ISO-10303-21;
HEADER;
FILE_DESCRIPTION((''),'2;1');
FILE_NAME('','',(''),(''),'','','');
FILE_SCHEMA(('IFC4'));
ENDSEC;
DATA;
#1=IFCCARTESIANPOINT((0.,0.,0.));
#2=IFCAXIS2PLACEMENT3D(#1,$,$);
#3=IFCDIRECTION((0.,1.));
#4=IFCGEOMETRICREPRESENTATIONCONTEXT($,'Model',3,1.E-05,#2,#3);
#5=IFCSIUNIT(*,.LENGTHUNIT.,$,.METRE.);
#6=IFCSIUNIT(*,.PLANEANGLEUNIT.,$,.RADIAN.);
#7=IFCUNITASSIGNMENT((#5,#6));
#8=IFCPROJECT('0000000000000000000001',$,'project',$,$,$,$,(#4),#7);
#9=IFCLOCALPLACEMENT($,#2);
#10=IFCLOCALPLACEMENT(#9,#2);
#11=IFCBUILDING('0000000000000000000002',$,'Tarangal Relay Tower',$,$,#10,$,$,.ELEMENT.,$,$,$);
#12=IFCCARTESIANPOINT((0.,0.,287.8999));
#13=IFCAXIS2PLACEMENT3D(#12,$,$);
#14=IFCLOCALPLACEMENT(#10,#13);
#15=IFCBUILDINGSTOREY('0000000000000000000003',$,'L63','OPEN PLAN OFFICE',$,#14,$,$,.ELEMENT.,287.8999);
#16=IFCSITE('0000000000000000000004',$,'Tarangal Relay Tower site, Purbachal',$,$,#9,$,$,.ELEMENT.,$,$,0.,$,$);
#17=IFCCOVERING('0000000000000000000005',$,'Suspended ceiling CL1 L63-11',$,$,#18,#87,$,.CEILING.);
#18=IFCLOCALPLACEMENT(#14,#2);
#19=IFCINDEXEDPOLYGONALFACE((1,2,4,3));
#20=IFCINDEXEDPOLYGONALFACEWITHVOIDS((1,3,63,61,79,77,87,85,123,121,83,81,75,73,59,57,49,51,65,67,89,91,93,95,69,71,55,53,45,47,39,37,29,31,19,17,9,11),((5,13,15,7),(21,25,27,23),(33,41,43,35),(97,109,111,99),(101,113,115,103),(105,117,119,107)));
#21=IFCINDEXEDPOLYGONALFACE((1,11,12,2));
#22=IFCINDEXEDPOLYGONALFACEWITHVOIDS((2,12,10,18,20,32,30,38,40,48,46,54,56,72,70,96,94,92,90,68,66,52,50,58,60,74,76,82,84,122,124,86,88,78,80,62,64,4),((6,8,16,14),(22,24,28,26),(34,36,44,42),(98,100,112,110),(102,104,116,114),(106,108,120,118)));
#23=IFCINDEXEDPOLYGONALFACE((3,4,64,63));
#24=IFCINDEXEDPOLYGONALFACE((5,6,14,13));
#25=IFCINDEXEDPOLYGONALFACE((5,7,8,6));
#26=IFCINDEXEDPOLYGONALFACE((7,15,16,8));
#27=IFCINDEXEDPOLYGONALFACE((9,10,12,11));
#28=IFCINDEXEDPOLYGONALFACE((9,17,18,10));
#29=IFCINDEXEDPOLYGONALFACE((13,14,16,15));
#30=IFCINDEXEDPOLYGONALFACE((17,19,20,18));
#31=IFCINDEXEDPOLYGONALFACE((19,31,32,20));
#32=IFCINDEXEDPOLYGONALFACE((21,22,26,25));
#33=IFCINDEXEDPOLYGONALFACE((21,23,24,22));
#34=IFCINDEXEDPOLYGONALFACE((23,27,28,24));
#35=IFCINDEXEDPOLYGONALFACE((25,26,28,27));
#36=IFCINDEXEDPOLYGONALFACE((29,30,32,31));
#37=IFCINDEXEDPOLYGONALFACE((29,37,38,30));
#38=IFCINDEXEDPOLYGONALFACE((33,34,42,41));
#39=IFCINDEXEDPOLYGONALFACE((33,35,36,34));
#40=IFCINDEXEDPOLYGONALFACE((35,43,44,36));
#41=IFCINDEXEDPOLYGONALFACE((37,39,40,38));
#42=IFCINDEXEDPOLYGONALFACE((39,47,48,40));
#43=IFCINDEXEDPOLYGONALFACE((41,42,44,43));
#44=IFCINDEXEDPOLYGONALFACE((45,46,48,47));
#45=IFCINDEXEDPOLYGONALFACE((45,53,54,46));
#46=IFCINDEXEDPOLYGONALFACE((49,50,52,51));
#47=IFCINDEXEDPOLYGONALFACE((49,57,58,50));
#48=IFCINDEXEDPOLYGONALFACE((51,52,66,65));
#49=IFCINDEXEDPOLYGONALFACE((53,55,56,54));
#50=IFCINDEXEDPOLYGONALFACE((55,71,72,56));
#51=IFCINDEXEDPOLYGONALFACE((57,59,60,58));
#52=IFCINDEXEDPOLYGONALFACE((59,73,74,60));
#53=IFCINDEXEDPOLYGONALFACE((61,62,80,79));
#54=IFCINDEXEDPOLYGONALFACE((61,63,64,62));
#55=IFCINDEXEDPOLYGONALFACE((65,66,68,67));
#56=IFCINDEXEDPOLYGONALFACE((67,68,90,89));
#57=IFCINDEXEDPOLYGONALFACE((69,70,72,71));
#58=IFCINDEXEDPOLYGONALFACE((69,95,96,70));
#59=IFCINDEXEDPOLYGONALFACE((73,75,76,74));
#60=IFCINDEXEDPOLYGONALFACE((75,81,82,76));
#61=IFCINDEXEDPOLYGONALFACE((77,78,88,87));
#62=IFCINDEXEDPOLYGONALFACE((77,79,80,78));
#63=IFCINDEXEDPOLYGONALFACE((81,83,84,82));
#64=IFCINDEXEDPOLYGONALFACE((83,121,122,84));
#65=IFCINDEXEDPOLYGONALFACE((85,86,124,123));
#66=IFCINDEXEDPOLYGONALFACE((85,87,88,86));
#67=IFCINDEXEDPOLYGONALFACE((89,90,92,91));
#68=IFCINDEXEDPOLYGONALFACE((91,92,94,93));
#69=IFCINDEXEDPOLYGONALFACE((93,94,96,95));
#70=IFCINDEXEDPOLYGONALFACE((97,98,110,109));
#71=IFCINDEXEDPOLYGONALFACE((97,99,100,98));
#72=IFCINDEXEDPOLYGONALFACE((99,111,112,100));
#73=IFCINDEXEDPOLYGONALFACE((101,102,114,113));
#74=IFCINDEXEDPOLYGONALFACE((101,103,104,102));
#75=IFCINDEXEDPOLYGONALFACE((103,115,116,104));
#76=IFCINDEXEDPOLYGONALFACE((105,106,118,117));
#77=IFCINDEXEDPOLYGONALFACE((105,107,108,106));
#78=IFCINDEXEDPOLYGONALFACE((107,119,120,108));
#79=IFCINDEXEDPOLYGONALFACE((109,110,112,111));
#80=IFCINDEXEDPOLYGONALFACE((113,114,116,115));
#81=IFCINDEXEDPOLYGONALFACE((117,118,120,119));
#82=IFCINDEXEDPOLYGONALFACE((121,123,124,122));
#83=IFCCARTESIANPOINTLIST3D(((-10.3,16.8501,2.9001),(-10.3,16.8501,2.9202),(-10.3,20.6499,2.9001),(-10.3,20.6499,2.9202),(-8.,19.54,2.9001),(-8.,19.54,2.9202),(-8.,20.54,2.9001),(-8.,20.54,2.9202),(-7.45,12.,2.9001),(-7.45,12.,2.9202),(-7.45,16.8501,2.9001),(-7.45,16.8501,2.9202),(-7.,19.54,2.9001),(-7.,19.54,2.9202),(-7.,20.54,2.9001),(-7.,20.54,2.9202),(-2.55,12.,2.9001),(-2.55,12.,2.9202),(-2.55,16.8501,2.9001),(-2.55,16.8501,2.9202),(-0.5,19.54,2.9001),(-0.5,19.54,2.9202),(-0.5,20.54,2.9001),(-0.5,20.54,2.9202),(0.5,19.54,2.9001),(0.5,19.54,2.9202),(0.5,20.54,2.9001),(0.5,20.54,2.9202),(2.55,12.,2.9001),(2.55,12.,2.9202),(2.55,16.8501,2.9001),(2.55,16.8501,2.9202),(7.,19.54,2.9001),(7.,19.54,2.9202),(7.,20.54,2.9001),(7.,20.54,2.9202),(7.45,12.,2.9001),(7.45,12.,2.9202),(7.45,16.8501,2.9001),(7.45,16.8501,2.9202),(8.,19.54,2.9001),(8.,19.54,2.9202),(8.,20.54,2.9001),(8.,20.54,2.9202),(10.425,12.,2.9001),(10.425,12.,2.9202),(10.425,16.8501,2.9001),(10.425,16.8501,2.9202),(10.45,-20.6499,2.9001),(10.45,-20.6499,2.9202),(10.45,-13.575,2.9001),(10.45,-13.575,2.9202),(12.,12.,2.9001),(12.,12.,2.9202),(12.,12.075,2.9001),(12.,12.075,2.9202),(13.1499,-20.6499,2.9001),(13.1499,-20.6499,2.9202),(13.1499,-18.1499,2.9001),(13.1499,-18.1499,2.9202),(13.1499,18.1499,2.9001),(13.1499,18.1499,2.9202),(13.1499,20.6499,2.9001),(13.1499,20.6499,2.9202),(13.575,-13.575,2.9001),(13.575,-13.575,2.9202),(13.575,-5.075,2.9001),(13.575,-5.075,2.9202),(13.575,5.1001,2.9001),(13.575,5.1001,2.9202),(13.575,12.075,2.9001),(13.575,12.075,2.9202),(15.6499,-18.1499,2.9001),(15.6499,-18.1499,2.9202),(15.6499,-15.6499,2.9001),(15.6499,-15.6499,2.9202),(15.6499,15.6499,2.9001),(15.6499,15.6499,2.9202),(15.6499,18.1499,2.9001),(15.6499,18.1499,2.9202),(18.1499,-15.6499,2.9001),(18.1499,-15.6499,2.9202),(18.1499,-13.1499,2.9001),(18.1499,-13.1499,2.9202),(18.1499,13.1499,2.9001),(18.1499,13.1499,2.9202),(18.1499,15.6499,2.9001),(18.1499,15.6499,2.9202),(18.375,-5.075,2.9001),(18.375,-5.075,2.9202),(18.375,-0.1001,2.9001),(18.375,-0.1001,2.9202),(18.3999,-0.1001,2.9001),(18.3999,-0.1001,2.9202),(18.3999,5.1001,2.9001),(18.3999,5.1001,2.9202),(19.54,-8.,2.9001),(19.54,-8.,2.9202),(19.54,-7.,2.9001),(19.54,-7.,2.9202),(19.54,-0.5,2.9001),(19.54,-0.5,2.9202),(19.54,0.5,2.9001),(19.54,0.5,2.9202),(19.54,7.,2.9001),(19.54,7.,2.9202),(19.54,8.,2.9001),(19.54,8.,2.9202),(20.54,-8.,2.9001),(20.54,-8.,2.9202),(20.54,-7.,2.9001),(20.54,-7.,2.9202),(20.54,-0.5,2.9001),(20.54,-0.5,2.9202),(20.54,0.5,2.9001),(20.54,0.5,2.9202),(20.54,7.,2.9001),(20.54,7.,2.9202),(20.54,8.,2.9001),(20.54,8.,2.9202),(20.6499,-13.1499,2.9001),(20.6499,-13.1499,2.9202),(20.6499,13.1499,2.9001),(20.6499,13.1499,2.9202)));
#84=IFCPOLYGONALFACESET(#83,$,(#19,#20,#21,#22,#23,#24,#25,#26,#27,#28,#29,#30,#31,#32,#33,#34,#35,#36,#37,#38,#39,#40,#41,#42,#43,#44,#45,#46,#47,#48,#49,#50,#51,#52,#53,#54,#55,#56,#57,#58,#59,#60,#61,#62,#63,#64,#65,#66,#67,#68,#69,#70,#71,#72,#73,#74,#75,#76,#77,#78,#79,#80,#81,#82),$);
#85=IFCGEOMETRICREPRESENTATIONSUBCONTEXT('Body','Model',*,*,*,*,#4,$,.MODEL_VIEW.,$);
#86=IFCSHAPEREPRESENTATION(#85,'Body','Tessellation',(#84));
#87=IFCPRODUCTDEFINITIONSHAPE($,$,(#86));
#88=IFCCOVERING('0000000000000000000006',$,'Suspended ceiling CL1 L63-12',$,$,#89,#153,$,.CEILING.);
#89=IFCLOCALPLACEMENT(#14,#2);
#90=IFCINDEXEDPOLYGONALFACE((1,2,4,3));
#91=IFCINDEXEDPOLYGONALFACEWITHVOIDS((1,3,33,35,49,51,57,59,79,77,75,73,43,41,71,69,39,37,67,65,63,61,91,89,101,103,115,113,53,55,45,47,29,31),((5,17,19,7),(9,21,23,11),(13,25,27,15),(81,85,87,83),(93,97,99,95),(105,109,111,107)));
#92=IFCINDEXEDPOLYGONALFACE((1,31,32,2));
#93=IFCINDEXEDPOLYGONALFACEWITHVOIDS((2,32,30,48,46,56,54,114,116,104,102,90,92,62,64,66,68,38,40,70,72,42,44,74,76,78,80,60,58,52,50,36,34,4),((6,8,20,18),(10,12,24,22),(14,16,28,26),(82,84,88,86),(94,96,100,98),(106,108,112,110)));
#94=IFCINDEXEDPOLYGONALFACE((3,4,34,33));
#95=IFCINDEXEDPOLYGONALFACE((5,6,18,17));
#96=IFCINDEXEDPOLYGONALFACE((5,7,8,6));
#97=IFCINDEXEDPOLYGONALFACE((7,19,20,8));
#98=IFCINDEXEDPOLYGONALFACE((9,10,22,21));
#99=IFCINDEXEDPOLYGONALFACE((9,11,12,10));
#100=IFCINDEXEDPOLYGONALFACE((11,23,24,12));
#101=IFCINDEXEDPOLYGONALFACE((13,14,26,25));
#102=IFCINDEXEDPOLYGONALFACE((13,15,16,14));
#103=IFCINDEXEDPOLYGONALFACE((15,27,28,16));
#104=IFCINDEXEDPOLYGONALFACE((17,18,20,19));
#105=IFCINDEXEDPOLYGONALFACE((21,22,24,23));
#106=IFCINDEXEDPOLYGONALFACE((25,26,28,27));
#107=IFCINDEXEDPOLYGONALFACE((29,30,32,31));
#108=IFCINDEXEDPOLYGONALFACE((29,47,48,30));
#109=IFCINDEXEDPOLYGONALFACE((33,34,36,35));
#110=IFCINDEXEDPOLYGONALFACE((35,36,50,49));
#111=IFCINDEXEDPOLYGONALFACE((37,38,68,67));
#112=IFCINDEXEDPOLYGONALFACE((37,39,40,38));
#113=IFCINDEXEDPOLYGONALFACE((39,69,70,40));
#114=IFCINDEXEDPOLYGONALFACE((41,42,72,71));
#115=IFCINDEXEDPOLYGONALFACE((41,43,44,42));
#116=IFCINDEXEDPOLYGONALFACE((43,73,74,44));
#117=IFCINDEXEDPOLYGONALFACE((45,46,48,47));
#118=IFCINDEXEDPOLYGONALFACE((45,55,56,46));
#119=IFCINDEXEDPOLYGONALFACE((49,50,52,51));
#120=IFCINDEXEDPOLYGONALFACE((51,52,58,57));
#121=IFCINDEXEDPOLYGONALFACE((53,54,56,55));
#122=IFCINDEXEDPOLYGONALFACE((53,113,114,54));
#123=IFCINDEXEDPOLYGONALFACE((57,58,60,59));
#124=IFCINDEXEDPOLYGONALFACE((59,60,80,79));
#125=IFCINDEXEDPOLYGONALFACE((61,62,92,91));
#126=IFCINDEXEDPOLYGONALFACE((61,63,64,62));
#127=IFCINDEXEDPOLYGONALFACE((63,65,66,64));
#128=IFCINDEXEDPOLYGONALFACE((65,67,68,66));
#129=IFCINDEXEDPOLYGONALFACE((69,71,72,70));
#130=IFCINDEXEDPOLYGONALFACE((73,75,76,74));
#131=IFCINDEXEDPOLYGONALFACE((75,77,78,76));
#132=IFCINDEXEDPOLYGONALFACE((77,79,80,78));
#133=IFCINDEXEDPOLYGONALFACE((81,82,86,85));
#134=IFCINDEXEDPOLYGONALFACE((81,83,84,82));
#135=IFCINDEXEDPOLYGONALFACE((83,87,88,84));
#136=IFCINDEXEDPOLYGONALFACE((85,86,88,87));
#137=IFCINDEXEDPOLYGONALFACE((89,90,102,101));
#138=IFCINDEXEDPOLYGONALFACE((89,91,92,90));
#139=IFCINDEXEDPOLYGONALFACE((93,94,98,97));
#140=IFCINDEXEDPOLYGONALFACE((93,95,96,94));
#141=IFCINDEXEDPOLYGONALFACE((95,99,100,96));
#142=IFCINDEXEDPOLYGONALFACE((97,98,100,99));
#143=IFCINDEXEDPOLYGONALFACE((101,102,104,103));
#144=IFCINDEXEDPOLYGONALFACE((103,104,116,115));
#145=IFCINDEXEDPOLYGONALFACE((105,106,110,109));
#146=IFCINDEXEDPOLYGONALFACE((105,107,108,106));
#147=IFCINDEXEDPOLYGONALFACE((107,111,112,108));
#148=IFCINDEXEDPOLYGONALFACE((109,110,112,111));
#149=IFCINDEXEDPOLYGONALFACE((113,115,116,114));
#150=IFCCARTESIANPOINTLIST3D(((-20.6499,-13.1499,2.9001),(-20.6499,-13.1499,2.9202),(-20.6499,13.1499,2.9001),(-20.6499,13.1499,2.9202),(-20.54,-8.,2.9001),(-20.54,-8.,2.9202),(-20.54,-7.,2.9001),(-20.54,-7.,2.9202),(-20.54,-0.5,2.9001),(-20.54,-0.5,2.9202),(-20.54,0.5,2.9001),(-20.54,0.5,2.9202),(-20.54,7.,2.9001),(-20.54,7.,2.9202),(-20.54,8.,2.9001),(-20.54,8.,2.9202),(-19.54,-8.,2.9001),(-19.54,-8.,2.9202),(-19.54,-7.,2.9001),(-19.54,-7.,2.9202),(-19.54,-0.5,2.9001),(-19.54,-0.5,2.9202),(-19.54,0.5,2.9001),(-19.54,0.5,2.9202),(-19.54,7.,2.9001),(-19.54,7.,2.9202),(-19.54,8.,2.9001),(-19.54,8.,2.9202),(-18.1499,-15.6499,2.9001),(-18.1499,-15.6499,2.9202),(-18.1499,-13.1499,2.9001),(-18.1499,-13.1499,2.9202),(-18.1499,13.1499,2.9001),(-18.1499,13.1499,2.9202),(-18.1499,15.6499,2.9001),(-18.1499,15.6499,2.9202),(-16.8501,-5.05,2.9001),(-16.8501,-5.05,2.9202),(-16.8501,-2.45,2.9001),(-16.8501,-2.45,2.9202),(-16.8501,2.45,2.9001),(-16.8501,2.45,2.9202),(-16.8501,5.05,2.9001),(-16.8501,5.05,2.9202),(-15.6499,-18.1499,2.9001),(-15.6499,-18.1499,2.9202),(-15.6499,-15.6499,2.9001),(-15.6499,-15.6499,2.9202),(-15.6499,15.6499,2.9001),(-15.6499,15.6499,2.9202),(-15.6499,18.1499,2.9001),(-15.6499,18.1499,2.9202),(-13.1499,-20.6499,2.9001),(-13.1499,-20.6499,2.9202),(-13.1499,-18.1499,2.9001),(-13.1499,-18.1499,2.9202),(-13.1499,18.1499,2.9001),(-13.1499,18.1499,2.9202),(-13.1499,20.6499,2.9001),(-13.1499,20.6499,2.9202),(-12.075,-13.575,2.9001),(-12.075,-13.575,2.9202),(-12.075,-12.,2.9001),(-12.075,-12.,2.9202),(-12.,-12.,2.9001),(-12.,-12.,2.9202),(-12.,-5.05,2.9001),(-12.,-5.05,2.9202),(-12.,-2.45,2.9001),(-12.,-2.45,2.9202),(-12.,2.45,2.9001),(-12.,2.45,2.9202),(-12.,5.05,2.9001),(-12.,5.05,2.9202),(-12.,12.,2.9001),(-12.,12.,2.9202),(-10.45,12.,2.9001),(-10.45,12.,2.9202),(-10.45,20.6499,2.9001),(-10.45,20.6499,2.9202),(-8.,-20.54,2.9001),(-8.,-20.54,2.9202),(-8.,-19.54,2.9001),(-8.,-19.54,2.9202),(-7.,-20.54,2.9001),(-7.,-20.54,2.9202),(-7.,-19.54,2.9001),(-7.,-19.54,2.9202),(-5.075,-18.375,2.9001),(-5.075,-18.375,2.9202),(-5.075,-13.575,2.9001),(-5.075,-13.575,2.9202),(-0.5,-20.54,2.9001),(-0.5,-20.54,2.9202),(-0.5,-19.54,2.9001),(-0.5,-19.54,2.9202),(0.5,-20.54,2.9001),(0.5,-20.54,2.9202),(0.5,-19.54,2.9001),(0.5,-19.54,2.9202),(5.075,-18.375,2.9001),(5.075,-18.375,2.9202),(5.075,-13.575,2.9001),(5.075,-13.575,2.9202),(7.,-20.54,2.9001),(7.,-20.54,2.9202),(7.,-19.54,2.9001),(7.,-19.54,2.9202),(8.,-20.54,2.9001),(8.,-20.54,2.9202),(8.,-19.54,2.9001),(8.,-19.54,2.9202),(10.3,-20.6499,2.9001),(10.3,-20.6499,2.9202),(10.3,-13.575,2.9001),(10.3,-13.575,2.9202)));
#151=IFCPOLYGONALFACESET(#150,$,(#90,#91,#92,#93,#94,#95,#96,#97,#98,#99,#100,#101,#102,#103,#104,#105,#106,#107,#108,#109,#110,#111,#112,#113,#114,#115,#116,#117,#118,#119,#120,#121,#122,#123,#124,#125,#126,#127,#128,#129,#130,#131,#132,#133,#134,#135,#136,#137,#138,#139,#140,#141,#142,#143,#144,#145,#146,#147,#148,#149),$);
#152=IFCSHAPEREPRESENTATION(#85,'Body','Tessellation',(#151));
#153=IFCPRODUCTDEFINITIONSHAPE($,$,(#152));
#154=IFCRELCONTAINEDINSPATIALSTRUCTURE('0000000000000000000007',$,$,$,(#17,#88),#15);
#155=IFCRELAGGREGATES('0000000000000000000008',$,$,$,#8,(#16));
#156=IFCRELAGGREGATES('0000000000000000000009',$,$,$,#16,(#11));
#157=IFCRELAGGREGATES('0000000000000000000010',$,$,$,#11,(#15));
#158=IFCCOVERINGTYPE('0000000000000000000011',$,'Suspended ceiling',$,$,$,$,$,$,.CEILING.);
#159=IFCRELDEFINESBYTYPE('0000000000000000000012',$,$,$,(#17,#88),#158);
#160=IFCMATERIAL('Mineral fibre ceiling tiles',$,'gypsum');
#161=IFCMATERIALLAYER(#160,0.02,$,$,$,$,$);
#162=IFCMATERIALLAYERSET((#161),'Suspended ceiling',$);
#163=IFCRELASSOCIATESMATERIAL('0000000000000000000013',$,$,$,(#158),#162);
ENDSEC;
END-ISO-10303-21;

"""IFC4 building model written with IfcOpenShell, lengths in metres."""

from ifc_helpers import new_model, si_unit, direction, frame, origin, place, context, subcontext, project, spatial, polyline, outline, extrude, material, layer, layer_set, type_object, element, save


model = new_model("IFC4")

# Units and contexts
model_context = context("Model", 3, precision=1e-05, world=origin(), true_north=direction((0.0, 1.0)))
body_context = subcontext(model_context, "Body", "Model", "MODEL_VIEW")
ifc_project = project(units=[si_unit("LENGTHUNIT", "METRE"), si_unit("PLANEANGLEUNIT", "RADIAN")], contexts=[model_context])

# Site, building, storey
site_placement = place(None, origin())
site = spatial("IfcSite", under=ifc_project, at=site_placement, Name="Tarangal Relay Tower site, Purbachal", CompositionType="ELEMENT", RefElevation=0.0)
building_placement = place(site_placement, origin())
building = spatial("IfcBuilding", under=site, at=building_placement, Name="Tarangal Relay Tower", CompositionType="ELEMENT")
storey_placement = place(building_placement, frame((0.0, 0.0, 287.8999)))
storey = spatial("IfcBuildingStorey", under=building, at=storey_placement, Name="L63", Description="OPEN PLAN OFFICE", CompositionType="ELEMENT", Elevation=287.8999)

# Coverings
ifc_material_1 = material(Name="Mineral fibre ceiling tiles", Category="gypsum")
ifc_layer_1 = layer(ifc_material_1, 0.02)
ifc_layer_set_1 = layer_set([ifc_layer_1], Name="Suspended ceiling")
covering_type = type_object("IfcCoveringType", Name="Suspended ceiling", PredefinedType="CEILING", material=ifc_layer_set_1)
covering_1_placement = place(storey_placement, frame((0.0, 0.0, 2.9001)))
element("IfcCovering", 1, at=covering_1_placement, inside=storey, type_object=covering_type, Name="Suspended ceiling CL1 L63-11", PredefinedType="CEILING", context=body_context, shape_type="SweptSolid", body=[
    extrude(outline(polyline([(7.45, 12.0), (7.45, 16.8501), (10.425, 16.8501), (10.425, 12.0), (12.0, 12.0), (12.0, 12.075), (13.575, 12.075), (13.575, 5.1001), (18.3999, 5.1001), (18.3999, -0.1001), (18.375, -0.1001), (18.375, -5.075), (13.575, -5.075), (13.575, -13.575), (10.45, -13.575), (10.45, -20.6499), (13.1499, -20.6499), (13.1499, -18.1499), (15.6499, -18.1499), (15.6499, -15.6499), (18.1499, -15.6499), (18.1499, -13.1499), (20.6499, -13.1499), (20.6499, 13.1499), (18.1499, 13.1499), (18.1499, 15.6499), (15.6499, 15.6499), (15.6499, 18.1499), (13.1499, 18.1499), (13.1499, 20.6499), (-10.3, 20.6499), (-10.3, 16.8501), (-7.45, 16.8501), (-7.45, 12.0), (-2.55, 12.0), (-2.55, 16.8501), (2.55, 16.8501), (2.55, 12.0), (7.45, 12.0)]), holes=[polyline([(19.54, -8.0), (20.54, -8.0), (20.54, -7.0), (19.54, -7.0), (19.54, -8.0)]), polyline([(19.54, 0.5), (19.54, -0.5), (20.54, -0.5), (20.54, 0.5), (19.54, 0.5)]), polyline([(19.54, 8.0), (19.54, 7.0), (20.54, 7.0), (20.54, 8.0), (19.54, 8.0)]), polyline([(-8.0, 19.54), (-7.0, 19.54), (-7.0, 20.54), (-8.0, 20.54), (-8.0, 19.54)]), polyline([(-0.5, 20.54), (-0.5, 19.54), (0.5, 19.54), (0.5, 20.54), (-0.5, 20.54)]), polyline([(7.0, 20.54), (7.0, 19.54), (8.0, 19.54), (8.0, 20.54), (7.0, 20.54)])]), origin(), (0.0, 0.0, 1.0), 0.02),
])
covering_2_placement = place(storey_placement, frame((0.0, 0.0, 2.9001)))
element("IfcCovering", 2, at=covering_2_placement, inside=storey, type_object=covering_type, Name="Suspended ceiling CL1 L63-12", PredefinedType="CEILING", context=body_context, shape_type="SweptSolid", body=[
    extrude(outline(polyline([(-12.0, 12.0), (-10.45, 12.0), (-10.45, 20.6499), (-13.1499, 20.6499), (-13.1499, 18.1499), (-15.6499, 18.1499), (-15.6499, 15.6499), (-18.1499, 15.6499), (-18.1499, 13.1499), (-20.6499, 13.1499), (-20.6499, -13.1499), (-18.1499, -13.1499), (-18.1499, -15.6499), (-15.6499, -15.6499), (-15.6499, -18.1499), (-13.1499, -18.1499), (-13.1499, -20.6499), (10.3, -20.6499), (10.3, -13.575), (5.075, -13.575), (5.075, -18.375), (-5.075, -18.375), (-5.075, -13.575), (-12.075, -13.575), (-12.075, -12.0), (-12.0, -12.0), (-12.0, -5.05), (-16.8501, -5.05), (-16.8501, -2.45), (-12.0, -2.45), (-12.0, 2.45), (-16.8501, 2.45), (-16.8501, 5.05), (-12.0, 5.05), (-12.0, 12.0)]), holes=[polyline([(-8.0, -20.54), (-7.0, -20.54), (-7.0, -19.54), (-8.0, -19.54), (-8.0, -20.54)]), polyline([(-0.5, -19.54), (-0.5, -20.54), (0.5, -20.54), (0.5, -19.54), (-0.5, -19.54)]), polyline([(7.0, -19.54), (7.0, -20.54), (8.0, -20.54), (8.0, -19.54), (7.0, -19.54)]), polyline([(-20.54, -8.0), (-19.54, -8.0), (-19.54, -7.0), (-20.54, -7.0), (-20.54, -8.0)]), polyline([(-20.54, 0.5), (-20.54, -0.5), (-19.54, -0.5), (-19.54, 0.5), (-20.54, 0.5)]), polyline([(-20.54, 8.0), (-20.54, 7.0), (-19.54, 7.0), (-19.54, 8.0), (-20.54, 8.0)])]), origin(), (0.0, 0.0, 1.0), 0.02),
])

save(model, "model.ifc")
